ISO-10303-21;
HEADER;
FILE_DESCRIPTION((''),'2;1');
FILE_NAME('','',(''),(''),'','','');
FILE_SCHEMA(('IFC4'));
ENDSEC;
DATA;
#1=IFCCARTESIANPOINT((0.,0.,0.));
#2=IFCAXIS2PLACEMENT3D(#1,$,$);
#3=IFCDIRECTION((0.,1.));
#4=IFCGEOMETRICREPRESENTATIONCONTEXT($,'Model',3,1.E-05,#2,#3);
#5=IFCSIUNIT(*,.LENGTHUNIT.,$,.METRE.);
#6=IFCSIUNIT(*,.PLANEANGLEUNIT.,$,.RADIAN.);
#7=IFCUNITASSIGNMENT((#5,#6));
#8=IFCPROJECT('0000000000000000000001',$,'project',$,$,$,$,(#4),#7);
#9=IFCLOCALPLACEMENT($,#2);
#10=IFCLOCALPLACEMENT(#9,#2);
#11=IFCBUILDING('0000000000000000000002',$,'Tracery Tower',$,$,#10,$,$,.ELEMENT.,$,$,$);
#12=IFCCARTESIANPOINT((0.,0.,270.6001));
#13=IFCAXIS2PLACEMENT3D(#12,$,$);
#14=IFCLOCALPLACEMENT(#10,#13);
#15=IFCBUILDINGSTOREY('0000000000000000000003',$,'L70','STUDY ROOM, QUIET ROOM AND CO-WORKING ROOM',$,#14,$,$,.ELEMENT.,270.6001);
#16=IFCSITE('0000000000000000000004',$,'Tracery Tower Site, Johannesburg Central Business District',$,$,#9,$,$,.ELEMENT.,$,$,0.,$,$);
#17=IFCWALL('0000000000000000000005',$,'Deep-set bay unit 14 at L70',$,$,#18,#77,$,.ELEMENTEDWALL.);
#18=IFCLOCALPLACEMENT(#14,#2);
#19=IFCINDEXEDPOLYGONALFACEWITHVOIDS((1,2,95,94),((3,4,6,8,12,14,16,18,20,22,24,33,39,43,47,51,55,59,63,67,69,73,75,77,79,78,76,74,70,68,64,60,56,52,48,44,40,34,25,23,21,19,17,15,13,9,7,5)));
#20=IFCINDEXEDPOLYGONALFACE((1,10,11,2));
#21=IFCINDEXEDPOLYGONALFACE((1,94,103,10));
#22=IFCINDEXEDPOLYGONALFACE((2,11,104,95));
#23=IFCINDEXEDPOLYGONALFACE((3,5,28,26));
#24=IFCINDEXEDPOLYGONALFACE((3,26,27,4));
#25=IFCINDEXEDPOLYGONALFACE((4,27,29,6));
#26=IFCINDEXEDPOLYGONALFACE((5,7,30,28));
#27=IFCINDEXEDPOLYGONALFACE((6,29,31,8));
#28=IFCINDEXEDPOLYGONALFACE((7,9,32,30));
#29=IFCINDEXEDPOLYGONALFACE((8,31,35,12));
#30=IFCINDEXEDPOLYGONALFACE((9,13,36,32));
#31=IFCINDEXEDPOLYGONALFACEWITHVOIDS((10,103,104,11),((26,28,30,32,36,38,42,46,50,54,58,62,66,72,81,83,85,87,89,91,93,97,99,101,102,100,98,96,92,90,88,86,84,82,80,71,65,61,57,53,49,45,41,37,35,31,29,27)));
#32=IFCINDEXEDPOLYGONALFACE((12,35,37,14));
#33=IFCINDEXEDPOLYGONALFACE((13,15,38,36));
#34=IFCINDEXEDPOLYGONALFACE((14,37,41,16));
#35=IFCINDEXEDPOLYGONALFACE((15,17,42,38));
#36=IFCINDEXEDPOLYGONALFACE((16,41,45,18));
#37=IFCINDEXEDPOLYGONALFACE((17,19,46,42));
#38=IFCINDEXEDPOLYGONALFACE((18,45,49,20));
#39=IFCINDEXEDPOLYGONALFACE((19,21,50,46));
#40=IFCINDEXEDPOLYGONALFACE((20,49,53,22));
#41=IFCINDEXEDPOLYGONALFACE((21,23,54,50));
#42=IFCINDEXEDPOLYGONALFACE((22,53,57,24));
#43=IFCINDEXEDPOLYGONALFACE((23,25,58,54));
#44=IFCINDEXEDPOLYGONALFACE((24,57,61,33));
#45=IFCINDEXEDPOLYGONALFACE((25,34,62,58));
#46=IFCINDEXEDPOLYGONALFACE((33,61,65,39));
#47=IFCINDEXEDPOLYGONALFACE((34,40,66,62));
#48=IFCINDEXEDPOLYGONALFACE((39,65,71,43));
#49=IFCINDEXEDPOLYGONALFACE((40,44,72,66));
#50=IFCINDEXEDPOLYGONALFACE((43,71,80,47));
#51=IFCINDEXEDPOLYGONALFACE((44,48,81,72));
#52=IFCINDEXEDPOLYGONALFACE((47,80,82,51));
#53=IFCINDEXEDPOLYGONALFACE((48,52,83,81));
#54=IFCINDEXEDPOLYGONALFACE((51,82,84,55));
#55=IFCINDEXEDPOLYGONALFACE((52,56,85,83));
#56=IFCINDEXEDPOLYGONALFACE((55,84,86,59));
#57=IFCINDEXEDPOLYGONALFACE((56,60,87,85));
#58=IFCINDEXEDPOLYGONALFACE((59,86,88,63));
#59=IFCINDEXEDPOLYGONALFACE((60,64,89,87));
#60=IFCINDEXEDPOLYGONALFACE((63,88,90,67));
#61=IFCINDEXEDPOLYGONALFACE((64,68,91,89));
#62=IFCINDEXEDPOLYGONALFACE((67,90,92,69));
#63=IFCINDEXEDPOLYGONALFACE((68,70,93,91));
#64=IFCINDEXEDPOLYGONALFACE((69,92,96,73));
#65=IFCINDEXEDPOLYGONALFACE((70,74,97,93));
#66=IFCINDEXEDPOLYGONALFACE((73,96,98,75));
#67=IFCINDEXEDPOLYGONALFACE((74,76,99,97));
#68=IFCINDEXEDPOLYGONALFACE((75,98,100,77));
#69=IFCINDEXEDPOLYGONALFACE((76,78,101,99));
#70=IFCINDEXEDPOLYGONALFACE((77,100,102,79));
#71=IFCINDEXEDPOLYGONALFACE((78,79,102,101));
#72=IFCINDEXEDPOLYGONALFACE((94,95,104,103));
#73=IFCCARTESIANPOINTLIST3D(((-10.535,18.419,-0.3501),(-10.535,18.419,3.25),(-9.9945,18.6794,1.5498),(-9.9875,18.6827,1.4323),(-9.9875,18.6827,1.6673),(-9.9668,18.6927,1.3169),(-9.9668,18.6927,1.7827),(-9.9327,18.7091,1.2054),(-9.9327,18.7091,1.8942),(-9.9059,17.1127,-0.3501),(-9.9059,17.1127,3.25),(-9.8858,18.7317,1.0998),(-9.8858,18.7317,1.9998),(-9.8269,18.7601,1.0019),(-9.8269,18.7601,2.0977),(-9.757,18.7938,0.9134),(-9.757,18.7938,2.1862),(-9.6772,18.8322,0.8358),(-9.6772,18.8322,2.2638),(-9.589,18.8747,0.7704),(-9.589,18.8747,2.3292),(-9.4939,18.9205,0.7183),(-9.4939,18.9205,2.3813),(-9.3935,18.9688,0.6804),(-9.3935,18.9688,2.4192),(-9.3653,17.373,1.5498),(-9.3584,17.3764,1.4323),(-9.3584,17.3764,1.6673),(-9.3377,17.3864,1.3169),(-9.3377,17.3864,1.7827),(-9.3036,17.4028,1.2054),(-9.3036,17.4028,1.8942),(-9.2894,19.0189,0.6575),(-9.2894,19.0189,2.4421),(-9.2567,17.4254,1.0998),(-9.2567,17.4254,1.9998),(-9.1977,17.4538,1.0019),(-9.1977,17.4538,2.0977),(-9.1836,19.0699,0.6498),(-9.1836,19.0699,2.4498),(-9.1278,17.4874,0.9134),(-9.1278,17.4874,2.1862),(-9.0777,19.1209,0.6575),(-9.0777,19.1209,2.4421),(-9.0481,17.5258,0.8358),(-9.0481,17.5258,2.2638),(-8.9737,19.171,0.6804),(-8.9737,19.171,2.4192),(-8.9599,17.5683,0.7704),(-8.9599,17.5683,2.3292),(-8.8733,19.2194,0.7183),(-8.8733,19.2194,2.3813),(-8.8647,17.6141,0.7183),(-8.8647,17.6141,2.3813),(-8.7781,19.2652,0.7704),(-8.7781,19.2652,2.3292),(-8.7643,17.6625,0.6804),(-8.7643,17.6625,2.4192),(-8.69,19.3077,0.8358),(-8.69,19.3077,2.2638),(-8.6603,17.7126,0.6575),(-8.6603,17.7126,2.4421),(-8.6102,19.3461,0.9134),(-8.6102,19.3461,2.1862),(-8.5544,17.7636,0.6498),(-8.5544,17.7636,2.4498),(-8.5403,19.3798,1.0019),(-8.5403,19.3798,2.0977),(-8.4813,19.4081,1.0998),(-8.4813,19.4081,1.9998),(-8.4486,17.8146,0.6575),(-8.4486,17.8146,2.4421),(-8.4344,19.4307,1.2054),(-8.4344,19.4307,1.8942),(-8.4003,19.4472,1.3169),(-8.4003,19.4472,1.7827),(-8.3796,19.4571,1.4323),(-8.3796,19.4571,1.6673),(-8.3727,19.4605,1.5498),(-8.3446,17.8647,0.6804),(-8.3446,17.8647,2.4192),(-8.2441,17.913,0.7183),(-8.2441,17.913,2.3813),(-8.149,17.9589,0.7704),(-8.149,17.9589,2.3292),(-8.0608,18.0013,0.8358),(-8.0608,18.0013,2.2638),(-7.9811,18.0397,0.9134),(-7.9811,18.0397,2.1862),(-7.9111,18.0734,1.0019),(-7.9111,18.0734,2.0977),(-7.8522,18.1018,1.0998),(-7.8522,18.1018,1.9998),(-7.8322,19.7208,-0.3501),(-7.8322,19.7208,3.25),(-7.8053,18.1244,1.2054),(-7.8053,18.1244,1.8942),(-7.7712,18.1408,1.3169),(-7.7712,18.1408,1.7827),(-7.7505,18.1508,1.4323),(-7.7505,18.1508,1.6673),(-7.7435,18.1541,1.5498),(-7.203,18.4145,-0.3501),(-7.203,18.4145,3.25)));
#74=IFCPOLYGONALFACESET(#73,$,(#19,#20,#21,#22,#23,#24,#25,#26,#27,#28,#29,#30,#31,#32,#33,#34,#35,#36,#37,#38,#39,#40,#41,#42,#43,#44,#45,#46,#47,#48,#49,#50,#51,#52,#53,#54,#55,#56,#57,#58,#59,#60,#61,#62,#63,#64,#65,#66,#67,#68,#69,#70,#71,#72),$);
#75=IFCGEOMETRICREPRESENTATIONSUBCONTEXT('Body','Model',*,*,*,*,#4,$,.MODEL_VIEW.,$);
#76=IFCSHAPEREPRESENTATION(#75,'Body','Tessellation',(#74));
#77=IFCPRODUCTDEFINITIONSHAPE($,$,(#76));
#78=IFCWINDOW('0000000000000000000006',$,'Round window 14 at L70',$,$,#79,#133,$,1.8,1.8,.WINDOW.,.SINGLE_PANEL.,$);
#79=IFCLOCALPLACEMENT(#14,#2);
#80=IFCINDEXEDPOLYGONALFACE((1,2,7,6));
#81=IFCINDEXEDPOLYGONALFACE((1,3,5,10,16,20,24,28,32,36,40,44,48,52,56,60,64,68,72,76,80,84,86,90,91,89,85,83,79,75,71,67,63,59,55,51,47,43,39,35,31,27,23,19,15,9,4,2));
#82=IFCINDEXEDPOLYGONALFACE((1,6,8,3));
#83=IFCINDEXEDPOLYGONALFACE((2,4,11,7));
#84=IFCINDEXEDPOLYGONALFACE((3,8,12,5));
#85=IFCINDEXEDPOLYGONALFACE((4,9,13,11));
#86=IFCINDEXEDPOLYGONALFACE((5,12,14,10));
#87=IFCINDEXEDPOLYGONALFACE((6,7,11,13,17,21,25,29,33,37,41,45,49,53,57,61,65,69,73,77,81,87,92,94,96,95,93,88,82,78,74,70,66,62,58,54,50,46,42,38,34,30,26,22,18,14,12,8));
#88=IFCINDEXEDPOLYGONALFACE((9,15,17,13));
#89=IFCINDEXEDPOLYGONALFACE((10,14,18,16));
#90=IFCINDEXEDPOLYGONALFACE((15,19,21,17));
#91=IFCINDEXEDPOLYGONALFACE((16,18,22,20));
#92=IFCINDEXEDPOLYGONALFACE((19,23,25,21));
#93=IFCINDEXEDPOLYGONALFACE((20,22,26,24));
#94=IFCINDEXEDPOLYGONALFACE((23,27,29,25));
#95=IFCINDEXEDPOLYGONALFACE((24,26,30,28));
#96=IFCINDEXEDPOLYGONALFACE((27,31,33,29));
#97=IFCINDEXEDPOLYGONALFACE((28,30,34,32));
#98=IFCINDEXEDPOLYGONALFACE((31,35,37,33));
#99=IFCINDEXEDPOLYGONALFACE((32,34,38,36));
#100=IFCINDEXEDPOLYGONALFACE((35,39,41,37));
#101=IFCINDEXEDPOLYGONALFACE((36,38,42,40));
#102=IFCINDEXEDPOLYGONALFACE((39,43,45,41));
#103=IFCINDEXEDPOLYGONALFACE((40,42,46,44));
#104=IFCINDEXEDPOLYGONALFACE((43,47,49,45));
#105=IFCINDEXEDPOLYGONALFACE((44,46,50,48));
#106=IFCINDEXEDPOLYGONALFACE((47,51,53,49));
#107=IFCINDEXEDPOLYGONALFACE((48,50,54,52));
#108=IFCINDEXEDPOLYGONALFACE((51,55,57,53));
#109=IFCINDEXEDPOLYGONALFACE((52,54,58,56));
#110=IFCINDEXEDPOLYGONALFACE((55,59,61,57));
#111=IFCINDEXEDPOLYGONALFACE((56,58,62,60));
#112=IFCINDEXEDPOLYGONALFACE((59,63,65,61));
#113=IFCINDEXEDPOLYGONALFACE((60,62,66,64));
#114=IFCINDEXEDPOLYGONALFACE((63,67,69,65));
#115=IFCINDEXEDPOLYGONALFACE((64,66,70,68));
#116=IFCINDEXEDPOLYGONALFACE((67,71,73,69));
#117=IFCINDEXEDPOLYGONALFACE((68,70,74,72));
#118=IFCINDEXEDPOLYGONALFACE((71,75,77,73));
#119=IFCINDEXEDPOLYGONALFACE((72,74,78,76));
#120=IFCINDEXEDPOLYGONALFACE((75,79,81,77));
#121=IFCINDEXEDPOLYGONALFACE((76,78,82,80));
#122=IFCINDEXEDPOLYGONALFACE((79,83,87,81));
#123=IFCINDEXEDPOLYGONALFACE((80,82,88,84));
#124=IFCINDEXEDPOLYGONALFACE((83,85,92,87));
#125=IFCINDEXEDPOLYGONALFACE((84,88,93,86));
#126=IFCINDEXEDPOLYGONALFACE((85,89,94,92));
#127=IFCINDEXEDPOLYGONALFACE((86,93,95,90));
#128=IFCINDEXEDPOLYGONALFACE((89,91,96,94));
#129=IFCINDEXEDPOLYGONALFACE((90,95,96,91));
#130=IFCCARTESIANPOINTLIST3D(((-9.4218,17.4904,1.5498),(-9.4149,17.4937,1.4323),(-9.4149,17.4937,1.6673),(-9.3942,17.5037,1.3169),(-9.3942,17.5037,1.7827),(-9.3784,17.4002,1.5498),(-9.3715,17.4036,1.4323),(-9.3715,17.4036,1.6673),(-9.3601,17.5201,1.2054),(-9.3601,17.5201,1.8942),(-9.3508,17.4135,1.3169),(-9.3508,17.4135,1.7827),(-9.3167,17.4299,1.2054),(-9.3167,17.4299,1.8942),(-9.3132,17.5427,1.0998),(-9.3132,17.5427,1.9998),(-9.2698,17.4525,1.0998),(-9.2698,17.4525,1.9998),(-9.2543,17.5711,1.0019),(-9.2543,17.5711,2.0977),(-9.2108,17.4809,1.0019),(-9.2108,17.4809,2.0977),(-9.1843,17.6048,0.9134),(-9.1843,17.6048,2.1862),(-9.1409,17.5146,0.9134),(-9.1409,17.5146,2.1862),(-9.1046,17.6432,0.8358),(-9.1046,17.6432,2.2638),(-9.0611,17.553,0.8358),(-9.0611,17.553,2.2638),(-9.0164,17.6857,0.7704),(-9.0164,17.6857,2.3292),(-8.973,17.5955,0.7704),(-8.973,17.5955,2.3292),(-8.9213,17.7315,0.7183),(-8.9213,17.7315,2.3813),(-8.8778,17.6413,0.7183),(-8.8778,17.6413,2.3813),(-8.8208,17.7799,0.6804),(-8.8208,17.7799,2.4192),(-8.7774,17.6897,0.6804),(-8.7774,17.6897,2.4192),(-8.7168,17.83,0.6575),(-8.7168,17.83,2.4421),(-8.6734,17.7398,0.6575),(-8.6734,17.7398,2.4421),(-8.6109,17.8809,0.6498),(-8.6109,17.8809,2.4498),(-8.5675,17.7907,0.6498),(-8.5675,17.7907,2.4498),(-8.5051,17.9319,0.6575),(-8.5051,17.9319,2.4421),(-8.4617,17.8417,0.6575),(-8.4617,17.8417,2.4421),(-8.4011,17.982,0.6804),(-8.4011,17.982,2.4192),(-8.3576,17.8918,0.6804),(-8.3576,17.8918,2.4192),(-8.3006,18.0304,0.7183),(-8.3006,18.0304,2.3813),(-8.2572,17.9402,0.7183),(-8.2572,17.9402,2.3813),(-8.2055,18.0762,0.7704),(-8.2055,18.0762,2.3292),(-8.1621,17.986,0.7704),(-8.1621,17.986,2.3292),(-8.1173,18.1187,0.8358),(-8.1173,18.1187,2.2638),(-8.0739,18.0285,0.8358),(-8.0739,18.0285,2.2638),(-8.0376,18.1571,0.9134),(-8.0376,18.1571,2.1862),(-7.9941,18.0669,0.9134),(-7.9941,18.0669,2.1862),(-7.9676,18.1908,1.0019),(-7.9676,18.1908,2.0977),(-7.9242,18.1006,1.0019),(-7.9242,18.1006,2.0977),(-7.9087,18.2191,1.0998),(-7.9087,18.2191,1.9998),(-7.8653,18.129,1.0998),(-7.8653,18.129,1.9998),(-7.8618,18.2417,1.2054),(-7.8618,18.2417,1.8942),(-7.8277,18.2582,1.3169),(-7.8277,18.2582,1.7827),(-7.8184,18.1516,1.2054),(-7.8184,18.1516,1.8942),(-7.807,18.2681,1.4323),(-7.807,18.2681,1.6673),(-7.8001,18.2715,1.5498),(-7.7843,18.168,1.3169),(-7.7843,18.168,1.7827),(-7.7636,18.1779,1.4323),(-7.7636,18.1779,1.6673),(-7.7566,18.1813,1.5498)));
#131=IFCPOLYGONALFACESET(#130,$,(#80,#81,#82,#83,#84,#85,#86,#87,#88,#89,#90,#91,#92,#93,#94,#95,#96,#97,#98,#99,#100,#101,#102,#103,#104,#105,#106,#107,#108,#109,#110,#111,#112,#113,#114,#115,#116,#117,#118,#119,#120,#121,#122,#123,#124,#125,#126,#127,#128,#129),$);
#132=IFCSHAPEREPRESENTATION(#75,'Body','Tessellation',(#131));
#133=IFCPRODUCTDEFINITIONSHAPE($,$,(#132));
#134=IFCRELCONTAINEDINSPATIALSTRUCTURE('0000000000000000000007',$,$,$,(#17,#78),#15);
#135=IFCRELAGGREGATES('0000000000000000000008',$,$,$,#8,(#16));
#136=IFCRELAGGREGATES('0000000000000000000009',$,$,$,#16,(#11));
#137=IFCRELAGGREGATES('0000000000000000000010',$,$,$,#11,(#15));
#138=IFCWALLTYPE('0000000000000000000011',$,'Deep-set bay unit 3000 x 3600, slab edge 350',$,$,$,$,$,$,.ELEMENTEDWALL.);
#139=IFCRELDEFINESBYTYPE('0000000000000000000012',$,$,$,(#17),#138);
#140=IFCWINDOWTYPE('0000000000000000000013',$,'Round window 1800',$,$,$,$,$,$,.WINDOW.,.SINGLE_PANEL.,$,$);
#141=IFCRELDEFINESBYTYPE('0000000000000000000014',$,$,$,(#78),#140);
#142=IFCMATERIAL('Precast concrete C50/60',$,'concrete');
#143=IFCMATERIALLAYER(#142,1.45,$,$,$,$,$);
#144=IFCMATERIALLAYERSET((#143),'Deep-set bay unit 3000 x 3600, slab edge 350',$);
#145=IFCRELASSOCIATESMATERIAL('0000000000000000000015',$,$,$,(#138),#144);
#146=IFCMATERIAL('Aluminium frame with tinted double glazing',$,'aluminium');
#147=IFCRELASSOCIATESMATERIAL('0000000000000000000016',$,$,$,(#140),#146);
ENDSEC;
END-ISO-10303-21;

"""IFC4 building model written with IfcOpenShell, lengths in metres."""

from ifc_helpers import new_model, si_unit, direction, frame, frame_2d, origin, origin_2d, place, context, subcontext, project, spatial, rectangle, circle, extrude, material, layer, layer_set, type_object, element, fill, save


model = new_model("IFC4")

# Units and contexts
model_context = context("Model", 3, precision=1e-05, world=origin(), true_north=direction((0.0, 1.0)))
body_context = subcontext(model_context, "Body", "Model", "MODEL_VIEW")
ifc_project = project(units=[si_unit("LENGTHUNIT", "METRE"), si_unit("PLANEANGLEUNIT", "RADIAN")], contexts=[model_context])

# Site, building, storey
site_placement = place(None, origin())
site = spatial("IfcSite", under=ifc_project, at=site_placement, Name="Tracery Tower Site, Johannesburg Central Business District", CompositionType="ELEMENT", RefElevation=0.0)
building_placement = place(site_placement, origin())
building = spatial("IfcBuilding", under=site, at=building_placement, Name="Tracery Tower", CompositionType="ELEMENT")
storey_placement = place(building_placement, frame((0.0, 0.0, 270.6001)))
storey = spatial("IfcBuildingStorey", under=building, at=storey_placement, Name="L70", Description="STUDY ROOM, QUIET ROOM AND CO-WORKING ROOM", CompositionType="ELEMENT", Elevation=270.6001)

# Wall, opening, window
ifc_material_1 = material(Name="Precast concrete C50/60", Category="concrete")
ifc_layer_1 = layer(ifc_material_1, 1.45)
ifc_layer_set_1 = layer_set([ifc_layer_1], Name="Deep-set bay unit 3000 x 3600, slab edge 350")
wall_type_1 = type_object("IfcWallType", Name="Deep-set bay unit 3000 x 3600, slab edge 350", PredefinedType="ELEMENTEDWALL", material=ifc_layer_set_1)
wall_1_placement = place(storey_placement, frame((-7.5176, 19.0676, -0.3501), z_axis=(0.0, 0.0, 1.0), x_axis=(-0.900953, -0.433916, 0.0)))
wall_1 = element("IfcWall", 1, at=wall_1_placement, inside=storey, type_object=wall_type_1, Name="Deep-set bay unit 14 at L70", PredefinedType="ELEMENTEDWALL", context=body_context, shape_type="SweptSolid", body=[
    extrude(rectangle(XDim=3.0, YDim=1.45, at=frame_2d((1.5, 0.0))), origin(), (0.0, 0.0, 1.0), 3.6001),
])
opening_1_placement = place(wall_1_placement, frame((1.5, 0.0, 1.8999)))
opening_1 = element("IfcOpeningElement", 2, at=opening_1_placement, cuts=wall_1, PredefinedType="OPENING", context=body_context, shape_type="SweptSolid", body=[
    extrude(circle(Radius=0.9, at=origin_2d()), frame((0.0, 0.7349, 0.0), z_axis=(0.0, -1.0, 0.0), x_axis=(1.0, 0.0, 0.0)), (0.0, 0.0, 1.0), 1.47),
])
ifc_material_2 = material(Name="Aluminium frame with tinted double glazing", Category="aluminium")
window_type = type_object("IfcWindowType", Name="Round window 1800", PartitioningType="SINGLE_PANEL", PredefinedType="WINDOW", material=ifc_material_2)
window_1_placement = place(opening_1_placement, origin())
window_1 = element("IfcWindow", 3, at=window_1_placement, inside=storey, type_object=window_type, Name="Round window 14 at L70", OverallHeight=1.8, OverallWidth=1.8, PartitioningType="SINGLE_PANEL", PredefinedType="WINDOW", context=body_context, shape_type="SweptSolid", body=[
    extrude(circle(Radius=0.9, at=origin_2d()), frame((0.0, 0.6948, 0.0), z_axis=(0.0, -1.0, 0.0), x_axis=(1.0, 0.0, 0.0)), (0.0, 0.0, 1.0), 0.1001),
])
fill(opening_1, window_1)

save(model, "model.ifc")
